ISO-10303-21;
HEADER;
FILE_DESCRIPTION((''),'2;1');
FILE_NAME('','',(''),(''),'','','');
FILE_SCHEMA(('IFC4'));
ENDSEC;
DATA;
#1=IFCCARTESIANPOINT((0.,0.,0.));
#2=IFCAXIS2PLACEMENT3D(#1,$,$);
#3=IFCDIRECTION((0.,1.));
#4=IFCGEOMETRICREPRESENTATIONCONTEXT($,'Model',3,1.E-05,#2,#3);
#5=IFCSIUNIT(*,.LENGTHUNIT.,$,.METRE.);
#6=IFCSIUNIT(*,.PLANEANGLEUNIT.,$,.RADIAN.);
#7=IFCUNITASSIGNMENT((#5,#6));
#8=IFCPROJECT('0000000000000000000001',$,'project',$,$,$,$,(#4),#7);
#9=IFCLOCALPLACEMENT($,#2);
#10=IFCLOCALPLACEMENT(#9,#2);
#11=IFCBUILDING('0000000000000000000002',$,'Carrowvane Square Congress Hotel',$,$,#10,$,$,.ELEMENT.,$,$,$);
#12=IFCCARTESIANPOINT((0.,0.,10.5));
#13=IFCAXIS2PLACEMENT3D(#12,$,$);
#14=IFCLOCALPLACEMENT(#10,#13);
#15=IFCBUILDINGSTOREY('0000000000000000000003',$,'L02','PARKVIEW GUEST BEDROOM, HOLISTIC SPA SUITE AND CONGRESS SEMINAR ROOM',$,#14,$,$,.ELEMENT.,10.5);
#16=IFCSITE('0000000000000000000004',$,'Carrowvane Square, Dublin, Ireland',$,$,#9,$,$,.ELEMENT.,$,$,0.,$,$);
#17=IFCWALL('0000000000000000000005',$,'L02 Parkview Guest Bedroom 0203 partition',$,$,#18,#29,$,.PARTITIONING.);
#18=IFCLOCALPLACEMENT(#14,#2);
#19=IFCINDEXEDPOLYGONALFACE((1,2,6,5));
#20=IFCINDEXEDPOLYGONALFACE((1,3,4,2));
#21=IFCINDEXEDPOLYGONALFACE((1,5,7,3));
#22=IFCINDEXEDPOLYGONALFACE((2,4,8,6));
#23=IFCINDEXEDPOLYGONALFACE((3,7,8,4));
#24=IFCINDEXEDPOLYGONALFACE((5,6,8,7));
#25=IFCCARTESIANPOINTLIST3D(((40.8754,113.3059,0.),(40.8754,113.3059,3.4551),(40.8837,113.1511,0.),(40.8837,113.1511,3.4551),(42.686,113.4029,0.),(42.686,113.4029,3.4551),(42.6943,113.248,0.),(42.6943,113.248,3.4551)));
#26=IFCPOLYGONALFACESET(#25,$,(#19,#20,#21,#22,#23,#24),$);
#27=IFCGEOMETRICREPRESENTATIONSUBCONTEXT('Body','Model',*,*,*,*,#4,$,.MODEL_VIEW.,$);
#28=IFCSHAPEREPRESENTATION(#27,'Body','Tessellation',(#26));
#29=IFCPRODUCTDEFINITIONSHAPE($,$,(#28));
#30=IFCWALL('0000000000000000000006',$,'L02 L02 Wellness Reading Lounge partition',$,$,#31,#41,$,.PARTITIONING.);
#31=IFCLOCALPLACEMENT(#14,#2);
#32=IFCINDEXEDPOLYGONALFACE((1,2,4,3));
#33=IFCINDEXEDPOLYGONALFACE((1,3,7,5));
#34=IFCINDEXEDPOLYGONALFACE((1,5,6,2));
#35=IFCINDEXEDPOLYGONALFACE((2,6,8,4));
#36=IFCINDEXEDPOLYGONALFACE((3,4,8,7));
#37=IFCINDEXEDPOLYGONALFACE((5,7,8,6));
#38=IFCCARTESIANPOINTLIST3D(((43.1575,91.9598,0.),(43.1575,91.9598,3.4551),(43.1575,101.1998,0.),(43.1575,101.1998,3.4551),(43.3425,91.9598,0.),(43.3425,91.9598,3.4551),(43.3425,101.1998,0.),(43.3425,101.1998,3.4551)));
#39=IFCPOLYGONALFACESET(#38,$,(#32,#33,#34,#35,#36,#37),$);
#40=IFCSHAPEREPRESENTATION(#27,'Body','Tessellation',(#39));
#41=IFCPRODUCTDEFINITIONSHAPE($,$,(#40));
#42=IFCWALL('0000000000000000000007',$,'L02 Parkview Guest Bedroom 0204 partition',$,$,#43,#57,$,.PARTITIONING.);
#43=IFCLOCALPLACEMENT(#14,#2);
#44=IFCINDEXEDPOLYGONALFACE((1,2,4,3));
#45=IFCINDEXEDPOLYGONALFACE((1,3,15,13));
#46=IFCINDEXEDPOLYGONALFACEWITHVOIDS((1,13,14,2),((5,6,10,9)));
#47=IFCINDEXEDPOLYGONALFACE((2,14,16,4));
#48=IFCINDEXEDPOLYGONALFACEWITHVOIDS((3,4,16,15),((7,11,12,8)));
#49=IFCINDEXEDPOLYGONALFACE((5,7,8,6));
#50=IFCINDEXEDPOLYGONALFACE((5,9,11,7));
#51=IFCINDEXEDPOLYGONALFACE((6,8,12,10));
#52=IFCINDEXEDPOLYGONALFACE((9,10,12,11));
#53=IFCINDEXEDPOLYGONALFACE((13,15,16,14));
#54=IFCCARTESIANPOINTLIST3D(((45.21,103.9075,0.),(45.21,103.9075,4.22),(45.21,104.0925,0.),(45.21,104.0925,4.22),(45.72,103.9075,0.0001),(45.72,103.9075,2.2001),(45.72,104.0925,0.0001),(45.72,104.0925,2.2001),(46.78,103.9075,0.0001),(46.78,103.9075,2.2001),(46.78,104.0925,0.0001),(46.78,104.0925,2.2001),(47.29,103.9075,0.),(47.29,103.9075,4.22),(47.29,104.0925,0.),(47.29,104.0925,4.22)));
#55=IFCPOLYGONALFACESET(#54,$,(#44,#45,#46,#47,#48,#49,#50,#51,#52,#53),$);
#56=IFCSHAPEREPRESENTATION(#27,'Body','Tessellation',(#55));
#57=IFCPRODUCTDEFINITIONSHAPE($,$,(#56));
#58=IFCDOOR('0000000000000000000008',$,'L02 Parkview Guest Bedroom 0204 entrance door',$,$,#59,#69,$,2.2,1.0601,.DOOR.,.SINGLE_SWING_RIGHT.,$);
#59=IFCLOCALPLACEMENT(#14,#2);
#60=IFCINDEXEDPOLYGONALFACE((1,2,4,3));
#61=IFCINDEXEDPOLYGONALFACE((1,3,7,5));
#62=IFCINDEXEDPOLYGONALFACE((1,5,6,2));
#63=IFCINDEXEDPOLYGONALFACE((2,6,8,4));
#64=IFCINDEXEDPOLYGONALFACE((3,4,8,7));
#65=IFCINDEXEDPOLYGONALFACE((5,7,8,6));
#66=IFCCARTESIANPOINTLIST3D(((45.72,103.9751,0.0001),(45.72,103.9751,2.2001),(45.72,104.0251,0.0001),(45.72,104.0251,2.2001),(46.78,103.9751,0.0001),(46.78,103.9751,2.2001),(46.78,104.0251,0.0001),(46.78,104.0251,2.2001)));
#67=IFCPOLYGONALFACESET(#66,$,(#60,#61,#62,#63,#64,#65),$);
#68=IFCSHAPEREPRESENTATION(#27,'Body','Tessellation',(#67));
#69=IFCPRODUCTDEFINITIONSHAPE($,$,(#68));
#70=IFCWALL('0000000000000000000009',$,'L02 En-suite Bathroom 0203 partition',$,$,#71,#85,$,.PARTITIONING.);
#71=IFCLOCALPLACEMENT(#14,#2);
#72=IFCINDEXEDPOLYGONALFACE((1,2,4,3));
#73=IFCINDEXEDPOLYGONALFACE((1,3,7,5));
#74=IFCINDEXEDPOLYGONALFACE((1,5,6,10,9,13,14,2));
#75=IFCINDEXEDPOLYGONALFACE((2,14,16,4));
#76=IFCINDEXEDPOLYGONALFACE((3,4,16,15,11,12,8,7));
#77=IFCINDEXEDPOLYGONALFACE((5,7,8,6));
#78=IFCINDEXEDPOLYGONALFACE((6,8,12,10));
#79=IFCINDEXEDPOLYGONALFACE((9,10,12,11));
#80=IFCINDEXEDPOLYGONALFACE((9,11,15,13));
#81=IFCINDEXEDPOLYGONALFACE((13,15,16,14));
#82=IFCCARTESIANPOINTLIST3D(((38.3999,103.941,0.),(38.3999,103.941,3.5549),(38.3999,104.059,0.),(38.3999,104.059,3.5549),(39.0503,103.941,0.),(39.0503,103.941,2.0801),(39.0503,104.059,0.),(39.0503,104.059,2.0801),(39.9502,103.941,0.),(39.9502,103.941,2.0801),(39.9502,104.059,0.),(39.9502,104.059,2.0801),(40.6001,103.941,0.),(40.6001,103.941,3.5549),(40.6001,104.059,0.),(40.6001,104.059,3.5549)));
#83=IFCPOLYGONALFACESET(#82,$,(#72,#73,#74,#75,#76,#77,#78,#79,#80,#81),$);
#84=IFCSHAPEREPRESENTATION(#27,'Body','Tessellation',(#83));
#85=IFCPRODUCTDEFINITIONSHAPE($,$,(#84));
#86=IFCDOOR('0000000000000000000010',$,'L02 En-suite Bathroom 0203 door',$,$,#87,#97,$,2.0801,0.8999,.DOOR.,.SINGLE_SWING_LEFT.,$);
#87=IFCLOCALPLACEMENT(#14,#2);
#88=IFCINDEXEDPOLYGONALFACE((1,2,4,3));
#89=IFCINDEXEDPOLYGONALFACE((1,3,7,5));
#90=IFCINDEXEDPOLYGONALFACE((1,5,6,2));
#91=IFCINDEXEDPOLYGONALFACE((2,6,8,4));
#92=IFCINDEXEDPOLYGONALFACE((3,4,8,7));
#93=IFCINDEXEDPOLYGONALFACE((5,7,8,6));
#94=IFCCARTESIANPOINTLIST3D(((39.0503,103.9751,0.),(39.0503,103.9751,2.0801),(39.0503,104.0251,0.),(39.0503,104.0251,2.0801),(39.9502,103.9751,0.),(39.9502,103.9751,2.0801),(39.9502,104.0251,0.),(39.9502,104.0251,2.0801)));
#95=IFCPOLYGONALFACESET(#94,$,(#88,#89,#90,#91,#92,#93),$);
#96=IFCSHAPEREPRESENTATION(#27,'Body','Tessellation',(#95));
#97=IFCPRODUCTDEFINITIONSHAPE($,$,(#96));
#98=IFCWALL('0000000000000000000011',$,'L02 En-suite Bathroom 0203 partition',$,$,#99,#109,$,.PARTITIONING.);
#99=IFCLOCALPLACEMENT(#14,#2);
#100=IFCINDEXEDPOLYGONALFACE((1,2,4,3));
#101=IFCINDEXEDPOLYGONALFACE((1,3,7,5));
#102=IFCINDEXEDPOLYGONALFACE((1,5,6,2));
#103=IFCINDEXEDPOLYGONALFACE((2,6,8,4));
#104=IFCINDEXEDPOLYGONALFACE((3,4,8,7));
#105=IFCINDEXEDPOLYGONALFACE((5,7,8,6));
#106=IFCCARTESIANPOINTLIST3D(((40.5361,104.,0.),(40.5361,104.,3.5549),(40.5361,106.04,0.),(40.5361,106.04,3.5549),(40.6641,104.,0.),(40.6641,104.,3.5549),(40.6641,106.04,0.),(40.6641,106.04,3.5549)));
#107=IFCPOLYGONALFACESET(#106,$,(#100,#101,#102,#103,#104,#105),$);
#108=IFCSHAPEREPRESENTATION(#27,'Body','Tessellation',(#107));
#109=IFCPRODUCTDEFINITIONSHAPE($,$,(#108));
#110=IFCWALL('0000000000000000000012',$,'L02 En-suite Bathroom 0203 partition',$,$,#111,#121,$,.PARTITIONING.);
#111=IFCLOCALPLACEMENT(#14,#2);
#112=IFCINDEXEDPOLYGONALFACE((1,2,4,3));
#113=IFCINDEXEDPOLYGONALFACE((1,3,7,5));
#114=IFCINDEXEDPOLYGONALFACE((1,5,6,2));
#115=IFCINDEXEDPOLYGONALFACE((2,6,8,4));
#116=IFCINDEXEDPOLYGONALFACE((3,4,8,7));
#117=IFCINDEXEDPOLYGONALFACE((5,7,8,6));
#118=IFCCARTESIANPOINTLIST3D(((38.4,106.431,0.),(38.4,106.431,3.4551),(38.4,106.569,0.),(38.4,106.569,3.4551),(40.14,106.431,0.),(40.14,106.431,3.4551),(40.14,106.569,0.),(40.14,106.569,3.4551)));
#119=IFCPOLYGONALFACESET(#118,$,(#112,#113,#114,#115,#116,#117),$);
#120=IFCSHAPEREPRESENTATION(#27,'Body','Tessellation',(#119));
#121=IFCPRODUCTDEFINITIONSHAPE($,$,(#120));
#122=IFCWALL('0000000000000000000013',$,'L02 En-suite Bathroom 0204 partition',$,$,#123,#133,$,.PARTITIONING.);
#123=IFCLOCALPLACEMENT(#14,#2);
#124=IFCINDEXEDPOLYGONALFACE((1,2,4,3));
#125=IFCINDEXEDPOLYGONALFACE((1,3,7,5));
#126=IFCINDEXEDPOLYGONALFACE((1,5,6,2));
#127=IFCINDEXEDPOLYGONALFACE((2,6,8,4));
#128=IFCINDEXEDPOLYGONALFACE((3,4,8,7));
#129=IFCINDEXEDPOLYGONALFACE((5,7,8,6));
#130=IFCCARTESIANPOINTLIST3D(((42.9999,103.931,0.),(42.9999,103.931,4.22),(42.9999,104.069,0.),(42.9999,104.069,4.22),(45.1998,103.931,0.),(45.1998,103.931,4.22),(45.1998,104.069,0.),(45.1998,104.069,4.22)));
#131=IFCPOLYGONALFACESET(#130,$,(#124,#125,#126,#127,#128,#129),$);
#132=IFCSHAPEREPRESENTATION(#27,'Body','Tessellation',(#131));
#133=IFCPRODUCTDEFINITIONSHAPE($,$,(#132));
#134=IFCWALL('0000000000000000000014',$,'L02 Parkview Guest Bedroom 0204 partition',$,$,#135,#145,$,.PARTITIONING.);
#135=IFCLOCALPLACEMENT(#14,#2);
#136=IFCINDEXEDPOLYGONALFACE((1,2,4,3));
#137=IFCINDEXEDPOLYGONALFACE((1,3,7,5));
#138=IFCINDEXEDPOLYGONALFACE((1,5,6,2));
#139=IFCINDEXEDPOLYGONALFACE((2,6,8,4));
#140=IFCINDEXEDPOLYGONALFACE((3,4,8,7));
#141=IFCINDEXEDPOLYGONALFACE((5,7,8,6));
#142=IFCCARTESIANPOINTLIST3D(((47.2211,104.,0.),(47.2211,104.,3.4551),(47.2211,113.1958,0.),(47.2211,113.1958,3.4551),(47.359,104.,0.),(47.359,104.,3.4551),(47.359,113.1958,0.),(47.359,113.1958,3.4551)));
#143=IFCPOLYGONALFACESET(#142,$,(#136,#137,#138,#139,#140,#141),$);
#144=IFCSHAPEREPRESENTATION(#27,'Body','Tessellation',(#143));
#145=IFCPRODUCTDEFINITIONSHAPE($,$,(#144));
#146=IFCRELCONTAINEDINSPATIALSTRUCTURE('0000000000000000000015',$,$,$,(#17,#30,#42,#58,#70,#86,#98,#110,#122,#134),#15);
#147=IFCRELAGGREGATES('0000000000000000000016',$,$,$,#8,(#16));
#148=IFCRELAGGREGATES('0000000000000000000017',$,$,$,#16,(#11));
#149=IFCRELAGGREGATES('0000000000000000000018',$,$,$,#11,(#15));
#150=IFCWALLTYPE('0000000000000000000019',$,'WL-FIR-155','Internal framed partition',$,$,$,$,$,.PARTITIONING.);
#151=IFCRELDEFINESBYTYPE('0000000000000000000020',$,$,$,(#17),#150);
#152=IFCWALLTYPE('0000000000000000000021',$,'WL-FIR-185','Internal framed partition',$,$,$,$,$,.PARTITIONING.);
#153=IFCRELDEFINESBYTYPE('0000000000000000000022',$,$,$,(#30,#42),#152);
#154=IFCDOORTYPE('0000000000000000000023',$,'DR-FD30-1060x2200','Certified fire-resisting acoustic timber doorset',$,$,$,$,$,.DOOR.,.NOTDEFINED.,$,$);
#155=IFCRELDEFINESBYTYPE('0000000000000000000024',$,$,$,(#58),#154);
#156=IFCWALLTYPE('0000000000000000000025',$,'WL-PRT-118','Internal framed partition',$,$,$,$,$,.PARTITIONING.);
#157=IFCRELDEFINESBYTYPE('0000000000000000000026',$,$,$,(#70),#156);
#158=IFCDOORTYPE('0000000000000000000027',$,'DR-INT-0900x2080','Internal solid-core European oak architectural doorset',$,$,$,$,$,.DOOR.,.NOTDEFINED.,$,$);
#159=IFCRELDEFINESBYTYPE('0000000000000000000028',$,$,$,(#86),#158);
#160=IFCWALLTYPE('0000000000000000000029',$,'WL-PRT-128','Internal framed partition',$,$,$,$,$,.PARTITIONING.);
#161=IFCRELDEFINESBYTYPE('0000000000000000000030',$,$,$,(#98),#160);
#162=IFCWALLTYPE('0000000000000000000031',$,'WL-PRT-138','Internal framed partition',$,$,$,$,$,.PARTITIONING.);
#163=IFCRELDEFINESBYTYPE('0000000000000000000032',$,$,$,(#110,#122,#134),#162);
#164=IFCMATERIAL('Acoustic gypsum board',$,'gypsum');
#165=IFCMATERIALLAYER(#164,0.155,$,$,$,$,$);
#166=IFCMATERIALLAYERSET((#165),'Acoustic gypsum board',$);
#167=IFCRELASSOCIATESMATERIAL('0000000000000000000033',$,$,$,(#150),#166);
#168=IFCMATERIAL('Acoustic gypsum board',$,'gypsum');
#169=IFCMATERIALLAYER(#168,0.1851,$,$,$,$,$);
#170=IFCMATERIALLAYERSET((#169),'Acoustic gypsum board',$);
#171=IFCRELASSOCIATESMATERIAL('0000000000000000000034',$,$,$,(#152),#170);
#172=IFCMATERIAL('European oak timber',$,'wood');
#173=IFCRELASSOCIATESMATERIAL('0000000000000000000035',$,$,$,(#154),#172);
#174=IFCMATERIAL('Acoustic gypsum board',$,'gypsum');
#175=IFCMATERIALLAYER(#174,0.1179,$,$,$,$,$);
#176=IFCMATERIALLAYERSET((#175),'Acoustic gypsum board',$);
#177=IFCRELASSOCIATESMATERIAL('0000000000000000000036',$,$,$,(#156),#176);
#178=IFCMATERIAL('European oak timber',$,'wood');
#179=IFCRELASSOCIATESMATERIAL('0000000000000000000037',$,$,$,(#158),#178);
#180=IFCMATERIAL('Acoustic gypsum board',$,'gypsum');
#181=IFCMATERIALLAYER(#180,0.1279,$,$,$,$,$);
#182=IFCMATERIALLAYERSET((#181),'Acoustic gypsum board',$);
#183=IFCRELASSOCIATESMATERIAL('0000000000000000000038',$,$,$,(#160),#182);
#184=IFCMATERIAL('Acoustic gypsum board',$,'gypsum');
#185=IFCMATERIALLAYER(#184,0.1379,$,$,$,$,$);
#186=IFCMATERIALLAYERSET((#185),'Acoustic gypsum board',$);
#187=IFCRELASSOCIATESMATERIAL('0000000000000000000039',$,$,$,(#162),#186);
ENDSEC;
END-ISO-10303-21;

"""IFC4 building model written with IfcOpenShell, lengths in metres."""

from ifc_helpers import new_model, si_unit, direction, frame, frame_2d, origin, place, context, subcontext, project, spatial, rectangle, extrude, material, layer, layer_set, type_object, element, fill, save


model = new_model("IFC4")

# Units and contexts
model_context = context("Model", 3, precision=1e-05, world=origin(), true_north=direction((0.0, 1.0)))
body_context = subcontext(model_context, "Body", "Model", "MODEL_VIEW")
ifc_project = project(units=[si_unit("LENGTHUNIT", "METRE"), si_unit("PLANEANGLEUNIT", "RADIAN")], contexts=[model_context])

# Site, building, storey
site_placement = place(None, origin())
site = spatial("IfcSite", under=ifc_project, at=site_placement, Name="Carrowvane Square, Dublin, Ireland", CompositionType="ELEMENT", RefElevation=0.0)
building_placement = place(site_placement, origin())
building = spatial("IfcBuilding", under=site, at=building_placement, Name="Carrowvane Square Congress Hotel", CompositionType="ELEMENT")
storey_placement = place(building_placement, frame((0.0, 0.0, 10.5)))
storey = spatial("IfcBuildingStorey", under=building, at=storey_placement, Name="L02", Description="PARKVIEW GUEST BEDROOM, HOLISTIC SPA SUITE AND CONGRESS SEMINAR ROOM", CompositionType="ELEMENT", Elevation=10.5)

# Wall
ifc_material_1 = material(Name="Acoustic gypsum board", Category="gypsum")
ifc_layer_1 = layer(ifc_material_1, 0.155)
ifc_layer_set_1 = layer_set([ifc_layer_1], Name="Acoustic gypsum board")
wall_type_1 = type_object("IfcWallType", Name="WL-FIR-155", Description="Internal framed partition", PredefinedType="PARTITIONING", material=ifc_layer_set_1)
wall_1_placement = place(storey_placement, frame((40.8794, 113.2285, 0.0), z_axis=(0.0, 0.0, 1.0), x_axis=(0.99857, 0.053456, 0.0)))
element("IfcWall", 1, at=wall_1_placement, inside=storey, type_object=wall_type_1, Name="L02 Parkview Guest Bedroom 0203 partition", PredefinedType="PARTITIONING", context=body_context, shape_type="SweptSolid", body=[
    extrude(rectangle(XDim=1.8132, YDim=0.155, at=frame_2d((0.9067, 0.0))), origin(), (0.0, 0.0, 1.0), 3.4551),
])

# Wall
ifc_material_2 = material(Name="Acoustic gypsum board", Category="gypsum")
ifc_layer_2 = layer(ifc_material_2, 0.1851)
ifc_layer_set_2 = layer_set([ifc_layer_2], Name="Acoustic gypsum board")
wall_type_2 = type_object("IfcWallType", Name="WL-FIR-185", Description="Internal framed partition", PredefinedType="PARTITIONING", material=ifc_layer_set_2)
wall_2_placement = place(storey_placement, frame((43.25, 101.2, 0.0), z_axis=(0.0, 0.0, 1.0), x_axis=(0.0, -1.0, 0.0)))
element("IfcWall", 2, at=wall_2_placement, inside=storey, type_object=wall_type_2, Name="L02 L02 Wellness Reading Lounge partition", PredefinedType="PARTITIONING", context=body_context, shape_type="SweptSolid", body=[
    extrude(rectangle(XDim=9.24, YDim=0.1851, at=frame_2d((4.6201, 0.0))), origin(), (0.0, 0.0, 1.0), 3.4551),
])

# Walls, openings, doors
wall_3_placement = place(storey_placement, frame((47.29, 104.0, 0.0), z_axis=(0.0, 0.0, 1.0), x_axis=(-1.0, 0.0, 0.0)))
wall_3 = element("IfcWall", 3, at=wall_3_placement, inside=storey, type_object=wall_type_2, Name="L02 Parkview Guest Bedroom 0204 partition", PredefinedType="PARTITIONING", context=body_context, shape_type="SweptSolid", body=[
    extrude(rectangle(XDim=2.0801, YDim=0.1851, at=frame_2d((1.04, 0.0))), origin(), (0.0, 0.0, 1.0), 4.22),
])
opening_1_placement = place(wall_3_placement, frame((0.51, 0.0, 0.0)))
opening_1 = element("IfcOpeningElement", 4, at=opening_1_placement, cuts=wall_3, PredefinedType="OPENING", context=body_context, shape_type="SweptSolid", body=[
    extrude(rectangle(XDim=1.0601, YDim=2.2, at=frame_2d((0.53, 1.1001))), frame((0.0, 0.1025, 0.0), z_axis=(0.0, -1.0, 0.0), x_axis=(1.0, 0.0, 0.0)), (0.0, 0.0, 1.0), 0.2051),
])
ifc_material_3 = material(Name="European oak timber", Category="wood")
door_type_1 = type_object("IfcDoorType", Name="DR-FD30-1060x2200", Description="Certified fire-resisting acoustic timber doorset", OperationType="NOTDEFINED", PredefinedType="DOOR", material=ifc_material_3)
door_1_placement = place(opening_1_placement, origin())
door_1 = element("IfcDoor", 5, at=door_1_placement, inside=storey, type_object=door_type_1, Name="L02 Parkview Guest Bedroom 0204 entrance door", OperationType="SINGLE_SWING_RIGHT", OverallHeight=2.2, OverallWidth=1.0601, PredefinedType="DOOR", context=body_context, shape_type="SweptSolid", body=[
    extrude(rectangle(XDim=1.0601, YDim=2.2, at=frame_2d((0.53, 1.1001))), frame((0.0, 0.0249, 0.0), z_axis=(0.0, -1.0, 0.0), x_axis=(1.0, 0.0, 0.0)), (0.0, 0.0, 1.0), 0.05),
])
fill(opening_1, door_1)
ifc_material_4 = material(Name="Acoustic gypsum board", Category="gypsum")
ifc_layer_3 = layer(ifc_material_4, 0.1179)
ifc_layer_set_3 = layer_set([ifc_layer_3], Name="Acoustic gypsum board")
wall_type_3 = type_object("IfcWallType", Name="WL-PRT-118", Description="Internal framed partition", PredefinedType="PARTITIONING", material=ifc_layer_set_3)
wall_4_placement = place(storey_placement, frame((40.6001, 104.0, 0.0), z_axis=(0.0, 0.0, 1.0), x_axis=(-1.0, 0.0, 0.0)))
wall_4 = element("IfcWall", 6, at=wall_4_placement, inside=storey, type_object=wall_type_3, Name="L02 En-suite Bathroom 0203 partition", PredefinedType="PARTITIONING", context=body_context, shape_type="SweptSolid", body=[
    extrude(rectangle(XDim=2.2002, YDim=0.1179, at=frame_2d((1.1001, 0.0))), origin(), (0.0, 0.0, 1.0), 3.5549),
])
opening_2_placement = place(wall_4_placement, frame((0.6499, 0.0, 0.0)))
opening_2 = element("IfcOpeningElement", 7, at=opening_2_placement, cuts=wall_4, PredefinedType="OPENING", context=body_context, shape_type="SweptSolid", body=[
    extrude(rectangle(XDim=0.8999, YDim=2.0801, at=frame_2d((0.45, 1.04))), frame((0.0, 0.0688, 0.0), z_axis=(0.0, -1.0, 0.0), x_axis=(1.0, 0.0, 0.0)), (0.0, 0.0, 1.0), 0.1379),
])
ifc_material_5 = material(Name="European oak timber", Category="wood")
door_type_2 = type_object("IfcDoorType", Name="DR-INT-0900x2080", Description="Internal solid-core European oak architectural doorset", OperationType="NOTDEFINED", PredefinedType="DOOR", material=ifc_material_5)
door_2_placement = place(opening_2_placement, origin())
door_2 = element("IfcDoor", 8, at=door_2_placement, inside=storey, type_object=door_type_2, Name="L02 En-suite Bathroom 0203 door", OperationType="SINGLE_SWING_LEFT", OverallHeight=2.0801, OverallWidth=0.8999, PredefinedType="DOOR", context=body_context, shape_type="SweptSolid", body=[
    extrude(rectangle(XDim=0.8999, YDim=2.0801, at=frame_2d((0.45, 1.04))), frame((0.0, 0.0249, 0.0), z_axis=(0.0, -1.0, 0.0), x_axis=(1.0, 0.0, 0.0)), (0.0, 0.0, 1.0), 0.05),
])
fill(opening_2, door_2)

# Walls
ifc_material_6 = material(Name="Acoustic gypsum board", Category="gypsum")
ifc_layer_4 = layer(ifc_material_6, 0.1279)
ifc_layer_set_4 = layer_set([ifc_layer_4], Name="Acoustic gypsum board")
wall_type_4 = type_object("IfcWallType", Name="WL-PRT-128", Description="Internal framed partition", PredefinedType="PARTITIONING", material=ifc_layer_set_4)
wall_5_placement = place(storey_placement, frame((40.6001, 106.04, 0.0), z_axis=(0.0, 0.0, 1.0), x_axis=(0.0, -1.0, 0.0)))
element("IfcWall", 9, at=wall_5_placement, inside=storey, type_object=wall_type_4, Name="L02 En-suite Bathroom 0203 partition", PredefinedType="PARTITIONING", context=body_context, shape_type="SweptSolid", body=[
    extrude(rectangle(XDim=2.04, YDim=0.1279, at=frame_2d((1.02, 0.0))), origin(), (0.0, 0.0, 1.0), 3.5549),
])
ifc_material_7 = material(Name="Acoustic gypsum board", Category="gypsum")
ifc_layer_5 = layer(ifc_material_7, 0.1379)
ifc_layer_set_5 = layer_set([ifc_layer_5], Name="Acoustic gypsum board")
wall_type_5 = type_object("IfcWallType", Name="WL-PRT-138", Description="Internal framed partition", PredefinedType="PARTITIONING", material=ifc_layer_set_5)
wall_6_placement = place(storey_placement, frame((38.3999, 106.5, 0.0), z_axis=(0.0, 0.0, 1.0), x_axis=(1.0, 0.0, 0.0)))
element("IfcWall", 10, at=wall_6_placement, inside=storey, type_object=wall_type_5, Name="L02 En-suite Bathroom 0203 partition", PredefinedType="PARTITIONING", context=body_context, shape_type="SweptSolid", body=[
    extrude(rectangle(XDim=1.74, YDim=0.1379, at=frame_2d((0.8701, 0.0))), origin(), (0.0, 0.0, 1.0), 3.4551),
])

# Walls
wall_7_placement = place(storey_placement, frame((45.2, 104.0, 0.0), z_axis=(0.0, 0.0, 1.0), x_axis=(-1.0, 0.0, 0.0)))
element("IfcWall", 11, at=wall_7_placement, inside=storey, type_object=wall_type_5, Name="L02 En-suite Bathroom 0204 partition", PredefinedType="PARTITIONING", context=body_context, shape_type="SweptSolid", body=[
    extrude(rectangle(XDim=2.2, YDim=0.1379, at=frame_2d((1.1001, 0.0))), origin(), (0.0, 0.0, 1.0), 4.22),
])
wall_8_placement = place(storey_placement, frame((47.29, 113.1958, 0.0), z_axis=(0.0, 0.0, 1.0), x_axis=(0.0, -1.0, 0.0)))
element("IfcWall", 12, at=wall_8_placement, inside=storey, type_object=wall_type_5, Name="L02 Parkview Guest Bedroom 0204 partition", PredefinedType="PARTITIONING", context=body_context, shape_type="SweptSolid", body=[
    extrude(rectangle(XDim=9.1958, YDim=0.1379, at=frame_2d((4.5979, 0.0))), origin(), (0.0, 0.0, 1.0), 3.4551),
])

save(model, "model.ifc")
